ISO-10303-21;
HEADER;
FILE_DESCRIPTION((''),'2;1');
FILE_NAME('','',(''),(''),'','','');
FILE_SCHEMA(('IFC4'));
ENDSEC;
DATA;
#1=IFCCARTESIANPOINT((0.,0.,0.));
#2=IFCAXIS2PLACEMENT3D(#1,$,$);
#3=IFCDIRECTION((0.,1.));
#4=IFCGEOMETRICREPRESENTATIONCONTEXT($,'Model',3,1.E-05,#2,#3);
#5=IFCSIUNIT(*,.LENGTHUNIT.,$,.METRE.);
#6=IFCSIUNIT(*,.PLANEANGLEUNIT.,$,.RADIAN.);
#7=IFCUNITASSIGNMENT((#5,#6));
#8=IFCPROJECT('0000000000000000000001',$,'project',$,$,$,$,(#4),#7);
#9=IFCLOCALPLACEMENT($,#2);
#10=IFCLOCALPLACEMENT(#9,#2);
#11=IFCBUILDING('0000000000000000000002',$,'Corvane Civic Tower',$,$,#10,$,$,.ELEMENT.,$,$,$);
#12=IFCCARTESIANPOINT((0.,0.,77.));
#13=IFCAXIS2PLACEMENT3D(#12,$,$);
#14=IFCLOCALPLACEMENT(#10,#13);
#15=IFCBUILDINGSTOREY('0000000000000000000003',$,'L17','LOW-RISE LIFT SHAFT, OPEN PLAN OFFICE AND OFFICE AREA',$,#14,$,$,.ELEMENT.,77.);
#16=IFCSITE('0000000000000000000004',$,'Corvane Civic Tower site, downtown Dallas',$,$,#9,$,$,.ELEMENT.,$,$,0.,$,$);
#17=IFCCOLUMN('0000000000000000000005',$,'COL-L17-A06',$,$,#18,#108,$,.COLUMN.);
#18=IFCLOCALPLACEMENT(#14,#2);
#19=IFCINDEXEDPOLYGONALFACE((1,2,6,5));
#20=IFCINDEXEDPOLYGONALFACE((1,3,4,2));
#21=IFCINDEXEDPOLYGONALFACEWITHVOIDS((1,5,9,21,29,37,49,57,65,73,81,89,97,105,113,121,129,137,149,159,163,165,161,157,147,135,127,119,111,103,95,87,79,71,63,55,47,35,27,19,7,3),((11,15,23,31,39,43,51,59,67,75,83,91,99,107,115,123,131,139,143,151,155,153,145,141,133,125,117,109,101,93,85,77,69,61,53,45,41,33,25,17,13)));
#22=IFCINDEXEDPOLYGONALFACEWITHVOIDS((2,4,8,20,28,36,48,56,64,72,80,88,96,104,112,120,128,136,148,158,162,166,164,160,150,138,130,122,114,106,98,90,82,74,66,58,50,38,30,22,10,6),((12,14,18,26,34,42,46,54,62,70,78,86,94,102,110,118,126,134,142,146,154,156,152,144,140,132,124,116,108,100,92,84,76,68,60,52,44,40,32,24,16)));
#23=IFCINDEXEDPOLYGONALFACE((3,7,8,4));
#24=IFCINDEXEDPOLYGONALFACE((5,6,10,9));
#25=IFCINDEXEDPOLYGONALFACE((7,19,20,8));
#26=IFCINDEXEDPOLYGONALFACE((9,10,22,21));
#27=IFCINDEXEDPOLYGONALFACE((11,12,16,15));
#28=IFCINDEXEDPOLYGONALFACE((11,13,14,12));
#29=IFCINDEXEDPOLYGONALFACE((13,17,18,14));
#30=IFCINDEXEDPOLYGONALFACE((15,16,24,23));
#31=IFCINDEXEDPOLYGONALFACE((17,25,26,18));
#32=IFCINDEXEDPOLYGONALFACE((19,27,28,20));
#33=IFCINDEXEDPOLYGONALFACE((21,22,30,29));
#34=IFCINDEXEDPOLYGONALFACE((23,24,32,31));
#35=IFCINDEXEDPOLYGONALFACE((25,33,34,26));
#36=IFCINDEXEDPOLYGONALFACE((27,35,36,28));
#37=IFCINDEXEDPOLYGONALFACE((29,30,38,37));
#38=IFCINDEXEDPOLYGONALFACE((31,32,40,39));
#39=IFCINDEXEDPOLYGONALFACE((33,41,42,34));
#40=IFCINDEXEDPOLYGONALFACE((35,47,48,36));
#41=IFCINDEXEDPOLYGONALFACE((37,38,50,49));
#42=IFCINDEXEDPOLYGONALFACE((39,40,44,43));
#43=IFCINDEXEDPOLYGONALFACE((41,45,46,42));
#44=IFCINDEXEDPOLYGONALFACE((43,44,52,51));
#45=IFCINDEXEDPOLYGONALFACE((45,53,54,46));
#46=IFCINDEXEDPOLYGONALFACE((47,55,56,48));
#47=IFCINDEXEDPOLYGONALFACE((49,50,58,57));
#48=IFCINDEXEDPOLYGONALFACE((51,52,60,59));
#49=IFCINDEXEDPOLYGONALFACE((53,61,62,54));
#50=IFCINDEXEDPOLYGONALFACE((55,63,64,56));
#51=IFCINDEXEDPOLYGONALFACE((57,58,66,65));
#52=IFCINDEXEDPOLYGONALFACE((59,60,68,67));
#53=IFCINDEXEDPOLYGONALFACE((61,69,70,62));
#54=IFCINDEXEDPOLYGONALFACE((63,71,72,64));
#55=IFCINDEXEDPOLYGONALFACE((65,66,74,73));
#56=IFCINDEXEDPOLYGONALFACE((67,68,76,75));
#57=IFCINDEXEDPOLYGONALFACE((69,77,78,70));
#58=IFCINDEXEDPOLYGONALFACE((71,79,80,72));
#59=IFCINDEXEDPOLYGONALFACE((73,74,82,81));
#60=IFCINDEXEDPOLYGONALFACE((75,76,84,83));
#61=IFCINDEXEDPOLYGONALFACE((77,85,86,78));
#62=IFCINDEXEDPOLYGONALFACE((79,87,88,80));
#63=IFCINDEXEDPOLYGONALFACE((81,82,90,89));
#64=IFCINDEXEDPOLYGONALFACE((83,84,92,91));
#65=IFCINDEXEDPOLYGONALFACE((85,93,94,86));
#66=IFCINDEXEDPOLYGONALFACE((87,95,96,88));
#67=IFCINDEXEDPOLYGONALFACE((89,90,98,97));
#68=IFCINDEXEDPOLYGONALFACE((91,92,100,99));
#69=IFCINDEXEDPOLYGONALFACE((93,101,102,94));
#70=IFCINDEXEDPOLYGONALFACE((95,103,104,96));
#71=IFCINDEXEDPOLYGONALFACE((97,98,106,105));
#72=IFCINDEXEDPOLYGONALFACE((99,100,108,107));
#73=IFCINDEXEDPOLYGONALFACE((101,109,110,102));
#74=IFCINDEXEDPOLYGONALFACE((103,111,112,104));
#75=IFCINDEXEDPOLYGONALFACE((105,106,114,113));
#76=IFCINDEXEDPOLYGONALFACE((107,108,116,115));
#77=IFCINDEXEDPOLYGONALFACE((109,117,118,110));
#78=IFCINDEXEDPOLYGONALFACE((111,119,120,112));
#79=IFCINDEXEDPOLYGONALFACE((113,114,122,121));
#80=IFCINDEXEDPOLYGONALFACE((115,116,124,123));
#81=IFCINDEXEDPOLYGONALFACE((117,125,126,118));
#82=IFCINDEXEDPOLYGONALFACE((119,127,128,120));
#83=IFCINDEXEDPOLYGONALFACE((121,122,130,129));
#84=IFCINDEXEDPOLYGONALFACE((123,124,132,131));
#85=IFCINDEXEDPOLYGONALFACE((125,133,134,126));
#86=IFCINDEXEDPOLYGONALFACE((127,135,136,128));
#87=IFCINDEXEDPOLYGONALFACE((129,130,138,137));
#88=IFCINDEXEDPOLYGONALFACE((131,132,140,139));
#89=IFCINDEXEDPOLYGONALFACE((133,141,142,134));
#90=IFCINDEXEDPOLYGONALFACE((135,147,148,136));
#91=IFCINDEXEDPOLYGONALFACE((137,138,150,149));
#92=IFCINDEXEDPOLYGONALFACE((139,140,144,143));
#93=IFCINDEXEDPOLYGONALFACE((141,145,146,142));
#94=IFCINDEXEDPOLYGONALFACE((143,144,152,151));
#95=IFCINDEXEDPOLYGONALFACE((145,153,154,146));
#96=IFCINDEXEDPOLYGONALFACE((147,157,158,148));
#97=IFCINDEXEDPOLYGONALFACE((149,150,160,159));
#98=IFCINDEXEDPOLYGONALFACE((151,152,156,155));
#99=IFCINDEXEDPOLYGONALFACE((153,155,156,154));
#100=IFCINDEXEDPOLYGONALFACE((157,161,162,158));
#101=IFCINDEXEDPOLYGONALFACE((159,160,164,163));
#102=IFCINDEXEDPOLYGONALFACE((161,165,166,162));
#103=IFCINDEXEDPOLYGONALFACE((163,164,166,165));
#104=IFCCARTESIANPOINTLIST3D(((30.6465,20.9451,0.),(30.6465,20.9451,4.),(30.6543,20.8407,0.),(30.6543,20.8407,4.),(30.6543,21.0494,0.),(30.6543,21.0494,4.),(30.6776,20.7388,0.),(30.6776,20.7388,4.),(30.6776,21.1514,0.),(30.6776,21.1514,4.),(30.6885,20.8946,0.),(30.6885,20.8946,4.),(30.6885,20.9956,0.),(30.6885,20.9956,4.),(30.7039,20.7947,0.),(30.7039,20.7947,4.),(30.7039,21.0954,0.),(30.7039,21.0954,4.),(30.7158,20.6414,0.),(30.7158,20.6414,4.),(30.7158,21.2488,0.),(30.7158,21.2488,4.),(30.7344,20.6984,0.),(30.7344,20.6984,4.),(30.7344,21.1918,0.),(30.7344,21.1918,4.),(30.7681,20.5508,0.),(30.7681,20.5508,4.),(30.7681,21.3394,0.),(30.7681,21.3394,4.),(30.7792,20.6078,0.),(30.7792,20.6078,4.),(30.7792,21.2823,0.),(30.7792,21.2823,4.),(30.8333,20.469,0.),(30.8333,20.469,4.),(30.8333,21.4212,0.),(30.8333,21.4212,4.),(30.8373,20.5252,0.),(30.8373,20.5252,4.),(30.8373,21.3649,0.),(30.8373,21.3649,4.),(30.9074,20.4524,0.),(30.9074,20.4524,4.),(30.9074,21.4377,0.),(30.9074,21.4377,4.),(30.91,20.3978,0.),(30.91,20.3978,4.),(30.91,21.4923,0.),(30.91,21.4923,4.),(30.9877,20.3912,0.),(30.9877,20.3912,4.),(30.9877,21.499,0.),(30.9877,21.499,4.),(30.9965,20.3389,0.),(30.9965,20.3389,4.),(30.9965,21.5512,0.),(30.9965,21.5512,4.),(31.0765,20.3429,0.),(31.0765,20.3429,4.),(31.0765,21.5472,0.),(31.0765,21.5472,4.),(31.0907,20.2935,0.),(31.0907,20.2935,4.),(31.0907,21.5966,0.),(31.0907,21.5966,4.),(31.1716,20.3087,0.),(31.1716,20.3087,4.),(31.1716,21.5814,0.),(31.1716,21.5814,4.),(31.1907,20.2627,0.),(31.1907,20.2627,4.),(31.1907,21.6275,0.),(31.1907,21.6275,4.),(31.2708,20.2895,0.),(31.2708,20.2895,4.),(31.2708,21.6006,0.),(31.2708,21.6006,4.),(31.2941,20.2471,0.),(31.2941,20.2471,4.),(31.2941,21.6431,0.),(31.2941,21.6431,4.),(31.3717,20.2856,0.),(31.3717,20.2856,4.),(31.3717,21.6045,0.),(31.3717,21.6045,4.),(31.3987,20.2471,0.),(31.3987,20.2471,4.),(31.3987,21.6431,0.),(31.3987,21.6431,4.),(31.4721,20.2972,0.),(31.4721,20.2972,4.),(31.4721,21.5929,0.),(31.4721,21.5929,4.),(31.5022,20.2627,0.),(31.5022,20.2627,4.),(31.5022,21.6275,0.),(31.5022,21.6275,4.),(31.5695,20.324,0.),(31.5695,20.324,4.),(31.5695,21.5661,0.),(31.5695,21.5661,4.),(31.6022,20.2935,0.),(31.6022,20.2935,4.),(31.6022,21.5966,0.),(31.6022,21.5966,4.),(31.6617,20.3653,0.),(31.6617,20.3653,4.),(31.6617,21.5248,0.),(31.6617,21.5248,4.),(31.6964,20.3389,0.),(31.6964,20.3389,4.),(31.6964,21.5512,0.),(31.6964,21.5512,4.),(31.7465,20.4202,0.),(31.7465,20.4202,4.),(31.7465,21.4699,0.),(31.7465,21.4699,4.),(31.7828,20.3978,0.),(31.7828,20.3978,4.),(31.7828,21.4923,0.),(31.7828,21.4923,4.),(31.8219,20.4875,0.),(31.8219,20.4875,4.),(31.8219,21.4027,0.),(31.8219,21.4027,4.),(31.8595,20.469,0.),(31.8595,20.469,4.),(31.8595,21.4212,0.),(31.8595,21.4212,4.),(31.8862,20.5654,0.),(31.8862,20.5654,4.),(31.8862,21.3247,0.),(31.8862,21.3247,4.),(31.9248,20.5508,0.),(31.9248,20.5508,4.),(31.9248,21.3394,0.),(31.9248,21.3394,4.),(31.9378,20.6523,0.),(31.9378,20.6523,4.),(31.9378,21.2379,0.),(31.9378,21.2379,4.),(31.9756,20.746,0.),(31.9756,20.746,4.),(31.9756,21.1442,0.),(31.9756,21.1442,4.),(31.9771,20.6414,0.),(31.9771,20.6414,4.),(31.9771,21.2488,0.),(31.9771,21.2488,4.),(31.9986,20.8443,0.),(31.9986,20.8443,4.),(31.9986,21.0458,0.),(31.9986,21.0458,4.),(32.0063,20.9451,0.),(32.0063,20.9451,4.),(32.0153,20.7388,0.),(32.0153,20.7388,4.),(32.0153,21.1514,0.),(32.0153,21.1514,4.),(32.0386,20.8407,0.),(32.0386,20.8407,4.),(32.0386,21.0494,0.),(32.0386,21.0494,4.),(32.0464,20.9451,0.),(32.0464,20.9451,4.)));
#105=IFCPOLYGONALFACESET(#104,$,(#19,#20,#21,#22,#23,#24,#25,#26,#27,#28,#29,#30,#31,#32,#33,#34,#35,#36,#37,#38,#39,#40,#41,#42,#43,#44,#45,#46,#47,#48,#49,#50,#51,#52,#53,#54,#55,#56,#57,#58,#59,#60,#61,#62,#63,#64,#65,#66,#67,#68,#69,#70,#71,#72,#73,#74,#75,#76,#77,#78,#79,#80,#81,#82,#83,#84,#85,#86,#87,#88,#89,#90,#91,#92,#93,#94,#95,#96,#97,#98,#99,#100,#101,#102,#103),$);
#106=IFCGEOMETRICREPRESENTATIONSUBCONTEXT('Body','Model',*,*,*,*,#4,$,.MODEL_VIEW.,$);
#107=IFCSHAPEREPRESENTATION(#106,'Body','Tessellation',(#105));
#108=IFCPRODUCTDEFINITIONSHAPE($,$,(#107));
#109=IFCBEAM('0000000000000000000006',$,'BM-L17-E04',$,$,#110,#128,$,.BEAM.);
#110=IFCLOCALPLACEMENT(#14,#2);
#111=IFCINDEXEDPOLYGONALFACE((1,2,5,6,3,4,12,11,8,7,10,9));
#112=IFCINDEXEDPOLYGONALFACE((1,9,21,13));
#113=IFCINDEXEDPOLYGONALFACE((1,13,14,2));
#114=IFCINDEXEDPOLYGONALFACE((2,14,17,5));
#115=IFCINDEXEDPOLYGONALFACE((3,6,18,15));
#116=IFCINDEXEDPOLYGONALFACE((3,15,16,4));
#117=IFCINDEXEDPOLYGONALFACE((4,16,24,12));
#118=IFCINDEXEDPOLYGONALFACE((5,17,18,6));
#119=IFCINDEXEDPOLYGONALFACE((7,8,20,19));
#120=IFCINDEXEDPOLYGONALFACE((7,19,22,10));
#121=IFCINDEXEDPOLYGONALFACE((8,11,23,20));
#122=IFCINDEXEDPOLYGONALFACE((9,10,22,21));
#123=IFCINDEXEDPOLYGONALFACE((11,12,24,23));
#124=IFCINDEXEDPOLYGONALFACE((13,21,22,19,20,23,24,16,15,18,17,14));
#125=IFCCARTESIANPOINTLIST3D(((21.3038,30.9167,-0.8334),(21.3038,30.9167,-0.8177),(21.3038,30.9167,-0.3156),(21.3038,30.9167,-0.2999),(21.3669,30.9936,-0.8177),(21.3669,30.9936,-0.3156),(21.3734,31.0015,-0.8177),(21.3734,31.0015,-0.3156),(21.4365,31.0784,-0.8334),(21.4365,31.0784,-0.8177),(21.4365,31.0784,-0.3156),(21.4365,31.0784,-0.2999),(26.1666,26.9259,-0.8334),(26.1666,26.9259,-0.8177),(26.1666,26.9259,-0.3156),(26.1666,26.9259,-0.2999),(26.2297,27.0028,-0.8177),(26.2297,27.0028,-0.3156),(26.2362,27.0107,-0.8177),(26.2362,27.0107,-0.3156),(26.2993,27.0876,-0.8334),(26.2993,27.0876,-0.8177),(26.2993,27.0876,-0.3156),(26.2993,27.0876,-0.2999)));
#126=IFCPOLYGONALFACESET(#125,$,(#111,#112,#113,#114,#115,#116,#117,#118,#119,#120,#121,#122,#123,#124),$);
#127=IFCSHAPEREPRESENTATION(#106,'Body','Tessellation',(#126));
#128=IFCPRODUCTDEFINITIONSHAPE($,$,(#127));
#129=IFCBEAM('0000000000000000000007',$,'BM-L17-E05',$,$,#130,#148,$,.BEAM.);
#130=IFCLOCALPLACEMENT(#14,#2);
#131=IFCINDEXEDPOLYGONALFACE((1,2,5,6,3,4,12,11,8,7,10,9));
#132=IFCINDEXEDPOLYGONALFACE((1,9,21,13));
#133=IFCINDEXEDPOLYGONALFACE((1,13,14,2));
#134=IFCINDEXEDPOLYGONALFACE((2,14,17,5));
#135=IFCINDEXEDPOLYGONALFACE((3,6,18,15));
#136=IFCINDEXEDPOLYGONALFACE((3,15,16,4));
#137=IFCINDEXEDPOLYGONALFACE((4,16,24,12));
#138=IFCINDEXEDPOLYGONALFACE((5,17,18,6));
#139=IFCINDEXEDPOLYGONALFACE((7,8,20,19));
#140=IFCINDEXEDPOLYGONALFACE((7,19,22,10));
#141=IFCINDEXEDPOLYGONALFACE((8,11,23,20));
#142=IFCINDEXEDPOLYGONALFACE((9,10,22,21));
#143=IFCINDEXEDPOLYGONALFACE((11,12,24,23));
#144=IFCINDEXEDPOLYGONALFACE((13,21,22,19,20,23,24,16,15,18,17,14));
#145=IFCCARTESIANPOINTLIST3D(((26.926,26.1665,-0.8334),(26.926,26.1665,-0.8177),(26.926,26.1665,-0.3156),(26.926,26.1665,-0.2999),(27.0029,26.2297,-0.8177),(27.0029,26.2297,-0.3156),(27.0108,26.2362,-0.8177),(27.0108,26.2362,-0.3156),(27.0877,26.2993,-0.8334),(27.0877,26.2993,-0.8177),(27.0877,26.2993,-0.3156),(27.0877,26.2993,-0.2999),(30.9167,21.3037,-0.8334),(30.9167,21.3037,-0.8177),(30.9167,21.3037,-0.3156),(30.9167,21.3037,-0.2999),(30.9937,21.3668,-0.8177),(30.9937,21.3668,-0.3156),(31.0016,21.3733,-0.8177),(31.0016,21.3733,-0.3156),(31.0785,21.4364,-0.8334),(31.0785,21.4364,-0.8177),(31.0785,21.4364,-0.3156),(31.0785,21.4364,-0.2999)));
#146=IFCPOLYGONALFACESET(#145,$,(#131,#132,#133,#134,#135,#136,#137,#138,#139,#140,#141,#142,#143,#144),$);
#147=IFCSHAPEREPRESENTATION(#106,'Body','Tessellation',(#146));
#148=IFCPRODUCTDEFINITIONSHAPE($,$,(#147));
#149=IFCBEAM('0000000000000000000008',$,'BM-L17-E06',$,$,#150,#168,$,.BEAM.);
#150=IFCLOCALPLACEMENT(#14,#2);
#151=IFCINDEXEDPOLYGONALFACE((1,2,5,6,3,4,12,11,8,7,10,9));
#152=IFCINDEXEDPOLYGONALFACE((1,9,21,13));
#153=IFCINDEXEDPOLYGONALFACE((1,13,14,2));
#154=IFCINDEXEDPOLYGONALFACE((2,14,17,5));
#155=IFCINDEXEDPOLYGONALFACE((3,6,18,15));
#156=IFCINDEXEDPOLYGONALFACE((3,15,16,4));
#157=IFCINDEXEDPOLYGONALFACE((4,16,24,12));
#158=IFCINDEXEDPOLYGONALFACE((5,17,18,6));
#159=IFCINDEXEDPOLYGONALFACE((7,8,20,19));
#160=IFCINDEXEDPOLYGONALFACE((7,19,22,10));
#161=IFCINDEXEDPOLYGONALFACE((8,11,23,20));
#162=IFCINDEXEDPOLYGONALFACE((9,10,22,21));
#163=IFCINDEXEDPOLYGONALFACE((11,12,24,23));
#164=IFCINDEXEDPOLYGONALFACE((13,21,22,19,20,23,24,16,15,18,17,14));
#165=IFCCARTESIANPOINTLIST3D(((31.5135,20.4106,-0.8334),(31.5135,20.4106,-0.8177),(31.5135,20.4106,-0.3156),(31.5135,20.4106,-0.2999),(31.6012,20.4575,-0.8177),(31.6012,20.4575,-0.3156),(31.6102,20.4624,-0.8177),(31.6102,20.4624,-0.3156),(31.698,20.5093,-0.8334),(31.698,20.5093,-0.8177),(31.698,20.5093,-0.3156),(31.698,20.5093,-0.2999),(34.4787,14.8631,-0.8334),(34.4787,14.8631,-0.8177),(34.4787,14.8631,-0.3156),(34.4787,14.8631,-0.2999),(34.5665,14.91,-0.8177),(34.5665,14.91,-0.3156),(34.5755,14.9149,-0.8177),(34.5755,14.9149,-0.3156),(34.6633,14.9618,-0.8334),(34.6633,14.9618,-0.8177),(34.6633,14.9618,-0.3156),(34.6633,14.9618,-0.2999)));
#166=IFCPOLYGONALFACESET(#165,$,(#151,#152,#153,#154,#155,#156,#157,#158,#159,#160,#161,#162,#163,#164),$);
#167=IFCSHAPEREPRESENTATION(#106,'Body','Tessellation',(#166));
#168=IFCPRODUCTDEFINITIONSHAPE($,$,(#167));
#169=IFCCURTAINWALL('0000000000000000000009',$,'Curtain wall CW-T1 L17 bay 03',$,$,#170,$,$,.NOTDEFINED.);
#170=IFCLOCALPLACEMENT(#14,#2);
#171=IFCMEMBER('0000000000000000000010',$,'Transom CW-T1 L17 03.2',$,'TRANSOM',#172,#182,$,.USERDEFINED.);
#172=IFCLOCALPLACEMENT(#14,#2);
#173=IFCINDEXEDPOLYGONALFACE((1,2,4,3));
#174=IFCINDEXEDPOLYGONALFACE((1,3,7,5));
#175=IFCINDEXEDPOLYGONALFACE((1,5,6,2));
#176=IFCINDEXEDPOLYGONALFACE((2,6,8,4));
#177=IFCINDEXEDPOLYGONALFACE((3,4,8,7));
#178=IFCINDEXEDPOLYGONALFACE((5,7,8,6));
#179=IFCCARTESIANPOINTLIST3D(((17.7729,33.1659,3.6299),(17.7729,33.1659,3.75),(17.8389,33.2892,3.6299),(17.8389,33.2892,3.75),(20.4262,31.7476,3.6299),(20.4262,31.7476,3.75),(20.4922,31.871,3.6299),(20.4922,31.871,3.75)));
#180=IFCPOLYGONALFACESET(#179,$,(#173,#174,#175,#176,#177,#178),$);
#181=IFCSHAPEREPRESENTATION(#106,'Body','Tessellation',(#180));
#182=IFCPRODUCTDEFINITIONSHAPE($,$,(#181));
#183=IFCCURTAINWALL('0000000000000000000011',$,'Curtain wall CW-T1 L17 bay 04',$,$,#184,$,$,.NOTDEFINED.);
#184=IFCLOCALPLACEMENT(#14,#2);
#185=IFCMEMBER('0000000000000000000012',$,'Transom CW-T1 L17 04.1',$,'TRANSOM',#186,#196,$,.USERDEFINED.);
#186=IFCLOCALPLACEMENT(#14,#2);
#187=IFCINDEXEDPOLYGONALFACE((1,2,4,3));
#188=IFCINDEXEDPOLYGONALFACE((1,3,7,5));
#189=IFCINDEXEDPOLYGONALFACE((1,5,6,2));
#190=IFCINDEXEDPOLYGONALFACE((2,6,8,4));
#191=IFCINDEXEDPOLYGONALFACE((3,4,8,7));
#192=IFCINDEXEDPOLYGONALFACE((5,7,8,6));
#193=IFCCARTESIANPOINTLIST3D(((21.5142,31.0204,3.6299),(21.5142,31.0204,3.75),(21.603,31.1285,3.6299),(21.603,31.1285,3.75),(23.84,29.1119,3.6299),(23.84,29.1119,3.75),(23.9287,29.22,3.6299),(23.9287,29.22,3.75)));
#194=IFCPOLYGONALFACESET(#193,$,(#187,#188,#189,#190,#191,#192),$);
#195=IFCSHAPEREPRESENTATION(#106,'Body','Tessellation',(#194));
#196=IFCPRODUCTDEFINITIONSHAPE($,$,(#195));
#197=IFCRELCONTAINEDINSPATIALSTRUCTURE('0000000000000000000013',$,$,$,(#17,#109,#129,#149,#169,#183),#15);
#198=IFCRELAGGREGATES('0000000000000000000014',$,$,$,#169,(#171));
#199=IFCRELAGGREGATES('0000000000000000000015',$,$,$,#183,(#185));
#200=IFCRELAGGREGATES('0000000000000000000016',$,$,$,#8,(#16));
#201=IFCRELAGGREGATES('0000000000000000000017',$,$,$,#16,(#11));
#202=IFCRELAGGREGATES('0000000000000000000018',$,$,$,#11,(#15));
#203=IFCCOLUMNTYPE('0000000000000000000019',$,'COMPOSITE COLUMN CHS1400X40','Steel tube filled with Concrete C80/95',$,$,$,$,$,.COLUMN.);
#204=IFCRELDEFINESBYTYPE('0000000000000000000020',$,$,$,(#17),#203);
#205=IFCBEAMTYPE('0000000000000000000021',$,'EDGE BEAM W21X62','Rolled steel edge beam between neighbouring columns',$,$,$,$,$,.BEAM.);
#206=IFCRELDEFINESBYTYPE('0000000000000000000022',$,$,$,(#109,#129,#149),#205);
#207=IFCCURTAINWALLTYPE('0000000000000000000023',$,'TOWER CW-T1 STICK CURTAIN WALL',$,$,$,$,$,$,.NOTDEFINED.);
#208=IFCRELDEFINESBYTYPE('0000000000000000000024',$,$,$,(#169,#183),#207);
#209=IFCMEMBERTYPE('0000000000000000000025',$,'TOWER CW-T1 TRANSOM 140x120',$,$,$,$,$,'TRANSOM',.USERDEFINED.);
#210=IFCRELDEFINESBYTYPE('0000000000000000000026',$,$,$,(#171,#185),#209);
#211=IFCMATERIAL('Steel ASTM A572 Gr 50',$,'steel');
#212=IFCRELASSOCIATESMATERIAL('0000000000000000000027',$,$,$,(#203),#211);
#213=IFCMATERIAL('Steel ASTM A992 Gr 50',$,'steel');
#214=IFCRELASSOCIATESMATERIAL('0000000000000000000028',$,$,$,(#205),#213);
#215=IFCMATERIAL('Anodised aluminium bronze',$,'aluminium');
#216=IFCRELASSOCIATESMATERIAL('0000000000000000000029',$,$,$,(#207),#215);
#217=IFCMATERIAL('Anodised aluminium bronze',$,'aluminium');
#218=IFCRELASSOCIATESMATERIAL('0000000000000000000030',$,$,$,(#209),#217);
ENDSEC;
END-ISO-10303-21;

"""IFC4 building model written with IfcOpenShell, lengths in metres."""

from ifc_helpers import new_model, si_unit, direction, frame, origin, origin_2d, place, context, subcontext, project, spatial, rectangle, hollow_circle, i_section, extrude, material, material_profile, profile_set, type_object, element, aggregate, save


model = new_model("IFC4")

# Units and contexts
model_context = context("Model", 3, precision=1e-05, world=origin(), true_north=direction((0.0, 1.0)))
body_context = subcontext(model_context, "Body", "Model", "MODEL_VIEW")
ifc_project = project(units=[si_unit("LENGTHUNIT", "METRE"), si_unit("PLANEANGLEUNIT", "RADIAN")], contexts=[model_context])

# Site, building, storey
site_placement = place(None, origin())
site = spatial("IfcSite", under=ifc_project, at=site_placement, Name="Corvane Civic Tower site, downtown Dallas", CompositionType="ELEMENT", RefElevation=0.0)
building_placement = place(site_placement, origin())
building = spatial("IfcBuilding", under=site, at=building_placement, Name="Corvane Civic Tower", CompositionType="ELEMENT")
storey_placement = place(building_placement, frame((0.0, 0.0, 77.0)))
storey = spatial("IfcBuildingStorey", under=building, at=storey_placement, Name="L17", Description="LOW-RISE LIFT SHAFT, OPEN PLAN OFFICE AND OFFICE AREA", CompositionType="ELEMENT", Elevation=77.0)

# Column
ifc_material_1 = material(Name="Steel ASTM A572 Gr 50", Category="steel")
ifc_material_profile_1 = material_profile(ifc_material_1, hollow_circle(Radius=0.7, WallThickness=0.04, at=origin_2d()), Name="CHS1400X40")
ifc_profile_set_1 = profile_set([ifc_material_profile_1], Name="Steel ASTM A572 Gr 50")
column_type = type_object("IfcColumnType", Name="COMPOSITE COLUMN CHS1400X40", Description="Steel tube filled with Concrete C80/95", PredefinedType="COLUMN", material=ifc_profile_set_1)
for number, where, z_axis, x_axis, name in (
    (1, (31.3464, 20.9451, 0.0), (0.0, 0.0, 1.0), (1.0, 0.0, 0.0), "COL-L17-A06"),
):
    element("IfcColumn", number, at=place(storey_placement, frame(where, z_axis=z_axis, x_axis=x_axis)), inside=storey, type_object=column_type, Name=name, PredefinedType="COLUMN", context=body_context, shape_type="SweptSolid", body=[
        extrude(hollow_circle(Radius=0.7, WallThickness=0.04, at=origin_2d()), origin(), (0.0, 0.0, 1.0), 4.0),
    ])

# Beams
ifc_material_2 = material(Name="Steel ASTM A992 Gr 50", Category="steel")
ifc_material_profile_2 = material_profile(ifc_material_2, i_section(OverallWidth=0.2092, OverallDepth=0.5334, WebThickness=0.0103, FlangeThickness=0.0156, at=origin_2d()), Name="W21X62")
ifc_profile_set_2 = profile_set([ifc_material_profile_2], Name="Steel ASTM A992 Gr 50")
beam_type = type_object("IfcBeamType", Name="EDGE BEAM W21X62", Description="Rolled steel edge beam between neighbouring columns", PredefinedType="BEAM", material=ifc_profile_set_2)
for number, where, z_axis, x_axis, name in (
    (2, (21.3701, 30.9976, -0.5667), (0.773016, -0.634387, 0.0), (0.634387, 0.773016, 0.0), "BM-L17-E04"),
    (3, (27.0068, 26.2329, -0.5667), (0.634387, -0.773016, 0.0), (0.773016, 0.634387, 0.0), "BM-L17-E05"),
):
    element("IfcBeam", number, at=place(storey_placement, frame(where, z_axis=z_axis, x_axis=x_axis)), inside=storey, type_object=beam_type, Name=name, PredefinedType="BEAM", context=body_context, shape_type="SweptSolid", body=[
        extrude(i_section(OverallWidth=0.2092, OverallDepth=0.5334, WebThickness=0.0103, FlangeThickness=0.0156, at=origin_2d()), origin(), (0.0, 0.0, 1.0), 6.2908),
    ])
beam_placement = place(storey_placement, frame((31.6057, 20.46, -0.5667), z_axis=(0.471406, -0.881916, 0.0), x_axis=(0.881916, 0.471406, 0.0)))
element("IfcBeam", 4, at=beam_placement, inside=storey, type_object=beam_type, Name="BM-L17-E06", PredefinedType="BEAM", context=body_context, shape_type="SweptSolid", body=[
    extrude(i_section(OverallWidth=0.2092, OverallDepth=0.5334, WebThickness=0.0103, FlangeThickness=0.0156, at=origin_2d()), origin(), (0.0, 0.0, 1.0), 6.2903),
])

# Curtain wall, member
ifc_material_3 = material(Name="Anodised aluminium bronze", Category="aluminium")
curtain_wall_type = type_object("IfcCurtainWallType", Name="TOWER CW-T1 STICK CURTAIN WALL", PredefinedType="NOTDEFINED", material=ifc_material_3)
curtain_wall_1_placement = place(storey_placement, origin())
curtain_wall_1 = element("IfcCurtainWall", 5, at=curtain_wall_1_placement, inside=storey, type_object=curtain_wall_type, Name="Curtain wall CW-T1 L17 bay 03", PredefinedType="NOTDEFINED")
ifc_material_4 = material(Name="Anodised aluminium bronze", Category="aluminium")
ifc_material_profile_3 = material_profile(ifc_material_4, rectangle(XDim=0.1399, YDim=0.1201, at=origin_2d()), Name="TOWER CW-T1 TRANSOM 140x120")
ifc_profile_set_3 = profile_set([ifc_material_profile_3], Name="Anodised aluminium bronze")
member_type_1 = type_object("IfcMemberType", Name="TOWER CW-T1 TRANSOM 140x120", ElementType="TRANSOM", PredefinedType="USERDEFINED", material=ifc_profile_set_3)
member_1_placement = place(storey_placement, frame((17.8059, 33.2275, 3.6899), z_axis=(0.881924, -0.471393, 0.0), x_axis=(0.471393, 0.881924, 0.0)))
member_1 = element("IfcMember", 6, at=member_1_placement, type_object=member_type_1, Name="Transom CW-T1 L17 03.2", ObjectType="TRANSOM", PredefinedType="USERDEFINED", context=body_context, shape_type="SweptSolid", body=[
    extrude(rectangle(XDim=0.1399, YDim=0.1201, at=origin_2d()), origin(), (0.0, 0.0, 1.0), 3.0085),
])

# Curtain wall, member
curtain_wall_2_placement = place(storey_placement, origin())
curtain_wall_2 = element("IfcCurtainWall", 7, at=curtain_wall_2_placement, inside=storey, type_object=curtain_wall_type, Name="Curtain wall CW-T1 L17 bay 04", PredefinedType="NOTDEFINED")
member_2_placement = place(storey_placement, frame((21.5586, 31.0745, 3.6899), z_axis=(0.773042, -0.634355, 0.0), x_axis=(0.634355, 0.773042, 0.0)))
member_2 = element("IfcMember", 8, at=member_2_placement, type_object=member_type_1, Name="Transom CW-T1 L17 04.1", ObjectType="TRANSOM", PredefinedType="USERDEFINED", context=body_context, shape_type="SweptSolid", body=[
    extrude(rectangle(XDim=0.1399, YDim=0.1201, at=origin_2d()), origin(), (0.0, 0.0, 1.0), 3.0085),
])

aggregate(curtain_wall_1, [member_1])
aggregate(curtain_wall_2, [member_2])

save(model, "model.ifc")
